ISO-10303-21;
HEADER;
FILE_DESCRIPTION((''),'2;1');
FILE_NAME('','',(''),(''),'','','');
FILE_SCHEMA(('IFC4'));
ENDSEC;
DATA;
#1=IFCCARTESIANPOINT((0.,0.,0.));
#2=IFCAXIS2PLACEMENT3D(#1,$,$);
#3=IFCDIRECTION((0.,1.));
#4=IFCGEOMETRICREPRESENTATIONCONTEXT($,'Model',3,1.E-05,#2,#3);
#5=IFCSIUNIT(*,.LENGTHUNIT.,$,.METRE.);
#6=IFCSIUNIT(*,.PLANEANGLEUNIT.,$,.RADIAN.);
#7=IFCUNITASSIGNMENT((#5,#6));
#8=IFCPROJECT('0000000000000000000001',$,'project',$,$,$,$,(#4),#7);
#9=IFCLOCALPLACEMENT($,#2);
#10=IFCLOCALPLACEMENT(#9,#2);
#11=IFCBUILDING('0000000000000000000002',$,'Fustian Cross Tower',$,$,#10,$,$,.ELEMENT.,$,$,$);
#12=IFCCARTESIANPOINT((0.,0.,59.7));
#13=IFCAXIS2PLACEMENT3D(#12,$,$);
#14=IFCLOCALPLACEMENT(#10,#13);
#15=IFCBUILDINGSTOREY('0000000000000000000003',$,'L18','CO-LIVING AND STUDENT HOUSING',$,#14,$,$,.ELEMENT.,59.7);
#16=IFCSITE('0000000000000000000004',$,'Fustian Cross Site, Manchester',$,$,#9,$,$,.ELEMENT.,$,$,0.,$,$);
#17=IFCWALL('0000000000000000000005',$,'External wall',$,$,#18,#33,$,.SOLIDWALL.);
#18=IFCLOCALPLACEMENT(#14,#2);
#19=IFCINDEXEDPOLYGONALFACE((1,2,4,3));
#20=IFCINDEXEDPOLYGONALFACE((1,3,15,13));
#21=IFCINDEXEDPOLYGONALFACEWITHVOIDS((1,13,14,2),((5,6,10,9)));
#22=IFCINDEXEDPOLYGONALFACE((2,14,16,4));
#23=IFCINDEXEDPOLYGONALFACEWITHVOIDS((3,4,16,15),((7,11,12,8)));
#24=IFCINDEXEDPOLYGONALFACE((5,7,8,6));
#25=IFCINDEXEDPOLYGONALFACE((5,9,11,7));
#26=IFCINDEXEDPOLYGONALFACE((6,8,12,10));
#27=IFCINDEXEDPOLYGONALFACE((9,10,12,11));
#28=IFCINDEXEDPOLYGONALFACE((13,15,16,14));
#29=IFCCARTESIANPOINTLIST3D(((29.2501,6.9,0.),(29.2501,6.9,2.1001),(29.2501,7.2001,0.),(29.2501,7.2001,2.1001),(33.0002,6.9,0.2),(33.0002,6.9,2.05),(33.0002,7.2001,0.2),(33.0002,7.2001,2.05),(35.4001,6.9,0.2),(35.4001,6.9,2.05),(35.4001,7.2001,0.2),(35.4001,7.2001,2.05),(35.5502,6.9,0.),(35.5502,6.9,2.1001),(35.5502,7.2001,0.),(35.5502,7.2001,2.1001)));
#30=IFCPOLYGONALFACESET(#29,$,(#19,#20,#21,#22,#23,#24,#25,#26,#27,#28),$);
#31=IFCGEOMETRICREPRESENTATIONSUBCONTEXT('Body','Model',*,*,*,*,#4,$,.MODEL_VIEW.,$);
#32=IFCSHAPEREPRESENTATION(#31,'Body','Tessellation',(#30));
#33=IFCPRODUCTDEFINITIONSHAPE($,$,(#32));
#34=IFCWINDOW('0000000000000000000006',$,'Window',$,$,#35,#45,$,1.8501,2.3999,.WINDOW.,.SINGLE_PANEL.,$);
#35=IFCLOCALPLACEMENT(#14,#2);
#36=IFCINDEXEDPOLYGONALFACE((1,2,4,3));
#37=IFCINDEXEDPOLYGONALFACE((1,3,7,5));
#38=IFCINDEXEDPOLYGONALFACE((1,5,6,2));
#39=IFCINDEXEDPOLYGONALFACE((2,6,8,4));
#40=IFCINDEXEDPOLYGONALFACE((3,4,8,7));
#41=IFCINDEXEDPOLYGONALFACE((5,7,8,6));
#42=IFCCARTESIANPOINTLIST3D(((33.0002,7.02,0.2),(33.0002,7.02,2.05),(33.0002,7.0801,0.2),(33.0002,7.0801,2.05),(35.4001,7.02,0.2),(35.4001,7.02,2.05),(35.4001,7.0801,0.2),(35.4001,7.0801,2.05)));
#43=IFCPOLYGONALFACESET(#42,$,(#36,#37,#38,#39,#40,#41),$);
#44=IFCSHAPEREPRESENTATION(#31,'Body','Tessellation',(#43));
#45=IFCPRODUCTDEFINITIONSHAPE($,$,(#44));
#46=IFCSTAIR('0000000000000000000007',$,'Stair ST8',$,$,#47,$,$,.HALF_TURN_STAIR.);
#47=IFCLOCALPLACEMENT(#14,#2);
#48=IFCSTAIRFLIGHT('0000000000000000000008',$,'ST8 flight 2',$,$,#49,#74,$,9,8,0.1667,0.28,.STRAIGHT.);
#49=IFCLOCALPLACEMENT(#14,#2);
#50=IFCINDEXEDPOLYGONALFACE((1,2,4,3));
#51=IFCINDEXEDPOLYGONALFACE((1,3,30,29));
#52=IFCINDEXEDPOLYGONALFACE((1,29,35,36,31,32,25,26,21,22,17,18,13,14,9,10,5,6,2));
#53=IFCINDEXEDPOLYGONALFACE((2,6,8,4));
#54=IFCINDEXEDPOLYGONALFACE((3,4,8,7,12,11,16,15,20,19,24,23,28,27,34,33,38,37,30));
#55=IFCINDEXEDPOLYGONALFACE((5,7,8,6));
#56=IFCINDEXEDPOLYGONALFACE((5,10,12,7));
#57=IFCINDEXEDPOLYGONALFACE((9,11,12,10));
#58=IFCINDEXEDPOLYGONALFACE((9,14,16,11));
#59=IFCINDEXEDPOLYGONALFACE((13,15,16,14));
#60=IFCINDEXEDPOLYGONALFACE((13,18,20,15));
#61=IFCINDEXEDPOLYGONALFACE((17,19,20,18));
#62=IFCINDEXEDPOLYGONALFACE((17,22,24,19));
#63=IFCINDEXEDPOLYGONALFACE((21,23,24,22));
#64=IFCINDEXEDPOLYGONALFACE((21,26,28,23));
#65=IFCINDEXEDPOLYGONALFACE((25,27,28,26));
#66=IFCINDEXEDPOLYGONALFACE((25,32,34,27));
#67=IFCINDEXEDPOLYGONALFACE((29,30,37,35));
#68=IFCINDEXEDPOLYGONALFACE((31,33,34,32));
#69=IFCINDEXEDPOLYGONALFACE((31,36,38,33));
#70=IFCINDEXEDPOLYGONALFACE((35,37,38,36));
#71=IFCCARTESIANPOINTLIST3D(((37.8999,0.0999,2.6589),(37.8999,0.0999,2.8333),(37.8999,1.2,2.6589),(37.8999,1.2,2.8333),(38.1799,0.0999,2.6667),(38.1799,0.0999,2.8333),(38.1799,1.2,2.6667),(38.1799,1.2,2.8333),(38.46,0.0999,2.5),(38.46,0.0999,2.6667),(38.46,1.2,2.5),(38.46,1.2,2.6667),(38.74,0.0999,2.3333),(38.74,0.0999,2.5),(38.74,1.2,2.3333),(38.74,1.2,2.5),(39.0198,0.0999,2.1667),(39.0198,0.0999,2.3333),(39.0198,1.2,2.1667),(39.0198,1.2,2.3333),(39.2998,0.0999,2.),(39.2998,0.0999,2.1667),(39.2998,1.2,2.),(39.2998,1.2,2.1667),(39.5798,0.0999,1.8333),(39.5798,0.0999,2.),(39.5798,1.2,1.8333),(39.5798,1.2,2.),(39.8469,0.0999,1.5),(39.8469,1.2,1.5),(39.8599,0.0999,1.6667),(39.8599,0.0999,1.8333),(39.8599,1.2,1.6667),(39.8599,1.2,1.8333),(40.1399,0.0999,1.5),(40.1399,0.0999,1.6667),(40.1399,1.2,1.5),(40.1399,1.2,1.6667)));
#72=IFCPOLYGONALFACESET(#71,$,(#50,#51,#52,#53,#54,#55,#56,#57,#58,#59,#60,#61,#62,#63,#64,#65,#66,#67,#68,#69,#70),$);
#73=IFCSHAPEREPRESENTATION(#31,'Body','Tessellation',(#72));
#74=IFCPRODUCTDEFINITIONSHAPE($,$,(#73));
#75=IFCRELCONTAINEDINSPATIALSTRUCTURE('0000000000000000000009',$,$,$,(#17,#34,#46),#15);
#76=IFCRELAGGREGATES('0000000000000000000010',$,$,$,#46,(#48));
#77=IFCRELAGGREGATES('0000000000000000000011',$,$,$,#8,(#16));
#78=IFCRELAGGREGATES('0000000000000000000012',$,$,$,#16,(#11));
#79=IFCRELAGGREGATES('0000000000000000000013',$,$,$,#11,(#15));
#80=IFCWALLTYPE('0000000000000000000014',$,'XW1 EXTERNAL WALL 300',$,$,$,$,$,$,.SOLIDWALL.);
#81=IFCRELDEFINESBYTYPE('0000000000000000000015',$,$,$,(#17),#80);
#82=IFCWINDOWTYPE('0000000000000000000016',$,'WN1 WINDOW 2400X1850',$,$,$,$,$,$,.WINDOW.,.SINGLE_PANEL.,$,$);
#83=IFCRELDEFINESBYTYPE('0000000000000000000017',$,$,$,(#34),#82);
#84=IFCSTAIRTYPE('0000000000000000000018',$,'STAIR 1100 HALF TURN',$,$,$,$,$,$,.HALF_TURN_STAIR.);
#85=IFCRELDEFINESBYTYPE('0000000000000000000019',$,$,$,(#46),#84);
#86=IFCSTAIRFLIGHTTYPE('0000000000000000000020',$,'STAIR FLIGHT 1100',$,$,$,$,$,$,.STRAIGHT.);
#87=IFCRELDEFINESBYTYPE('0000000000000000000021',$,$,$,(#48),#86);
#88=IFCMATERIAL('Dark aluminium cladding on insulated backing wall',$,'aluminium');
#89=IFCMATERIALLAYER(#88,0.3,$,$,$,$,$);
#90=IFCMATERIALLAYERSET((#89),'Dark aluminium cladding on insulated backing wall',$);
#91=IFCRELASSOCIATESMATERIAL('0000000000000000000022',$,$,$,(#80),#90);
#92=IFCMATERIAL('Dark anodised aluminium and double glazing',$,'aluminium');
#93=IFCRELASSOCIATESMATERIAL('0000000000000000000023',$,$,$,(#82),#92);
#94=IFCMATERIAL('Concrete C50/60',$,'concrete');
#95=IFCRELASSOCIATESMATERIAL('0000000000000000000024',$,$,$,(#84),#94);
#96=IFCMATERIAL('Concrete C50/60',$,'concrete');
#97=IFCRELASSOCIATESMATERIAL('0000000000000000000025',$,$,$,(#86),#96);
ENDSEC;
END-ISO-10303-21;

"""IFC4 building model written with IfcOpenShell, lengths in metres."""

from ifc_helpers import new_model, si_unit, direction, frame, frame_2d, origin, place, context, subcontext, project, spatial, polyline, rectangle, outline, extrude, material, layer, layer_set, type_object, element, fill, aggregate, save


model = new_model("IFC4")

# Units and contexts
model_context = context("Model", 3, precision=1e-05, world=origin(), true_north=direction((0.0, 1.0)))
body_context = subcontext(model_context, "Body", "Model", "MODEL_VIEW")
ifc_project = project(units=[si_unit("LENGTHUNIT", "METRE"), si_unit("PLANEANGLEUNIT", "RADIAN")], contexts=[model_context])

# Site, building, storey
site_placement = place(None, origin())
site = spatial("IfcSite", under=ifc_project, at=site_placement, Name="Fustian Cross Site, Manchester", CompositionType="ELEMENT", RefElevation=0.0)
building_placement = place(site_placement, origin())
building = spatial("IfcBuilding", under=site, at=building_placement, Name="Fustian Cross Tower", CompositionType="ELEMENT")
storey_placement = place(building_placement, frame((0.0, 0.0, 59.7)))
storey = spatial("IfcBuildingStorey", under=building, at=storey_placement, Name="L18", Description="CO-LIVING AND STUDENT HOUSING", CompositionType="ELEMENT", Elevation=59.7)

# Shared definitions
ifc_material_1 = material(Name="Dark aluminium cladding on insulated backing wall", Category="aluminium")
ifc_layer_1 = layer(ifc_material_1, 0.3)
ifc_layer_set_1 = layer_set([ifc_layer_1], Name="Dark aluminium cladding on insulated backing wall")
wall_type_1 = type_object("IfcWallType", Name="XW1 EXTERNAL WALL 300", PredefinedType="SOLIDWALL", material=ifc_layer_set_1)

# Wall, opening, window
wall_1_placement = place(storey_placement, frame((35.55, 7.05, 0.0), z_axis=(0.0, 0.0, 1.0), x_axis=(-1.0, 0.0, 0.0)))
wall_1 = element("IfcWall", 1, at=wall_1_placement, inside=storey, type_object=wall_type_1, Name="External wall", PredefinedType="SOLIDWALL", context=body_context, shape_type="SweptSolid", body=[
    extrude(rectangle(XDim=6.3, YDim=0.3, at=frame_2d((3.1499, 0.0))), origin(), (0.0, 0.0, 1.0), 2.1001),
])
opening_1_placement = place(wall_1_placement, frame((0.1499, 0.0, 0.2)))
opening_1 = element("IfcOpeningElement", 2, at=opening_1_placement, cuts=wall_1, PredefinedType="OPENING", context=body_context, shape_type="SweptSolid", body=[
    extrude(rectangle(XDim=2.3999, YDim=1.8501, at=frame_2d((1.2, 0.925))), frame((0.0, 0.1599, 0.0), z_axis=(0.0, -1.0, 0.0), x_axis=(1.0, 0.0, 0.0)), (0.0, 0.0, 1.0), 0.3201),
])
ifc_material_2 = material(Name="Dark anodised aluminium and double glazing", Category="aluminium")
window_type_1 = type_object("IfcWindowType", Name="WN1 WINDOW 2400X1850", PartitioningType="SINGLE_PANEL", PredefinedType="WINDOW", material=ifc_material_2)
window_1_placement = place(opening_1_placement, origin())
window_1 = element("IfcWindow", 3, at=window_1_placement, inside=storey, type_object=window_type_1, Name="Window", OverallHeight=1.8501, OverallWidth=2.3999, PartitioningType="SINGLE_PANEL", PredefinedType="WINDOW", context=body_context, shape_type="SweptSolid", body=[
    extrude(rectangle(XDim=2.3999, YDim=1.8501, at=frame_2d((1.2, 0.925))), frame((0.0, 0.03, 0.0), z_axis=(0.0, -1.0, 0.0), x_axis=(1.0, 0.0, 0.0)), (0.0, 0.0, 1.0), 0.0601),
])
fill(opening_1, window_1)

# Stair, stair flight
ifc_material_3 = material(Name="Concrete C50/60", Category="concrete")
stair_type = type_object("IfcStairType", Name="STAIR 1100 HALF TURN", PredefinedType="HALF_TURN_STAIR", material=ifc_material_3)
stair_placement = place(storey_placement, origin())
stair = element("IfcStair", 4, at=stair_placement, inside=storey, type_object=stair_type, Name="Stair ST8", PredefinedType="HALF_TURN_STAIR")
ifc_material_4 = material(Name="Concrete C50/60", Category="concrete")
stair_flight_type = type_object("IfcStairFlightType", Name="STAIR FLIGHT 1100", PredefinedType="STRAIGHT", material=ifc_material_4)
stair_flight_placement = place(storey_placement, frame((40.1399, 0.6499, 1.5), z_axis=(0.0, 0.0, 1.0), x_axis=(-1.0, 0.0, 0.0)))
stair_flight = element("IfcStairFlight", 5, at=stair_flight_placement, type_object=stair_flight_type, Name="ST8 flight 2", NumberOfRisers=9, NumberOfTreads=8, PredefinedType="STRAIGHT", RiserHeight=0.1667, TreadLength=0.28, context=body_context, shape_type="SweptSolid", body=[
    extrude(outline(polyline([(0.0, 0.0), (0.0, 0.1667), (0.28, 0.1667), (0.28, 0.3333), (0.5601, 0.3333), (0.5601, 0.5), (0.8401, 0.5), (0.8401, 0.6667), (1.1201, 0.6667), (1.1201, 0.8333), (1.3999, 0.8333), (1.3999, 1.0), (1.6799, 1.0), (1.6799, 1.1667), (1.96, 1.1667), (1.96, 1.3333), (2.24, 1.3333), (2.24, 1.5), (2.24, 1.1589), (0.293, 0.0), (0.0, 0.0)])), frame((0.0, 0.55, 0.0), z_axis=(0.0, -1.0, 0.0), x_axis=(1.0, 0.0, 0.0)), (0.0, 0.0, 1.0), 1.1001),
])
aggregate(stair, [stair_flight])

save(model, "model.ifc")
